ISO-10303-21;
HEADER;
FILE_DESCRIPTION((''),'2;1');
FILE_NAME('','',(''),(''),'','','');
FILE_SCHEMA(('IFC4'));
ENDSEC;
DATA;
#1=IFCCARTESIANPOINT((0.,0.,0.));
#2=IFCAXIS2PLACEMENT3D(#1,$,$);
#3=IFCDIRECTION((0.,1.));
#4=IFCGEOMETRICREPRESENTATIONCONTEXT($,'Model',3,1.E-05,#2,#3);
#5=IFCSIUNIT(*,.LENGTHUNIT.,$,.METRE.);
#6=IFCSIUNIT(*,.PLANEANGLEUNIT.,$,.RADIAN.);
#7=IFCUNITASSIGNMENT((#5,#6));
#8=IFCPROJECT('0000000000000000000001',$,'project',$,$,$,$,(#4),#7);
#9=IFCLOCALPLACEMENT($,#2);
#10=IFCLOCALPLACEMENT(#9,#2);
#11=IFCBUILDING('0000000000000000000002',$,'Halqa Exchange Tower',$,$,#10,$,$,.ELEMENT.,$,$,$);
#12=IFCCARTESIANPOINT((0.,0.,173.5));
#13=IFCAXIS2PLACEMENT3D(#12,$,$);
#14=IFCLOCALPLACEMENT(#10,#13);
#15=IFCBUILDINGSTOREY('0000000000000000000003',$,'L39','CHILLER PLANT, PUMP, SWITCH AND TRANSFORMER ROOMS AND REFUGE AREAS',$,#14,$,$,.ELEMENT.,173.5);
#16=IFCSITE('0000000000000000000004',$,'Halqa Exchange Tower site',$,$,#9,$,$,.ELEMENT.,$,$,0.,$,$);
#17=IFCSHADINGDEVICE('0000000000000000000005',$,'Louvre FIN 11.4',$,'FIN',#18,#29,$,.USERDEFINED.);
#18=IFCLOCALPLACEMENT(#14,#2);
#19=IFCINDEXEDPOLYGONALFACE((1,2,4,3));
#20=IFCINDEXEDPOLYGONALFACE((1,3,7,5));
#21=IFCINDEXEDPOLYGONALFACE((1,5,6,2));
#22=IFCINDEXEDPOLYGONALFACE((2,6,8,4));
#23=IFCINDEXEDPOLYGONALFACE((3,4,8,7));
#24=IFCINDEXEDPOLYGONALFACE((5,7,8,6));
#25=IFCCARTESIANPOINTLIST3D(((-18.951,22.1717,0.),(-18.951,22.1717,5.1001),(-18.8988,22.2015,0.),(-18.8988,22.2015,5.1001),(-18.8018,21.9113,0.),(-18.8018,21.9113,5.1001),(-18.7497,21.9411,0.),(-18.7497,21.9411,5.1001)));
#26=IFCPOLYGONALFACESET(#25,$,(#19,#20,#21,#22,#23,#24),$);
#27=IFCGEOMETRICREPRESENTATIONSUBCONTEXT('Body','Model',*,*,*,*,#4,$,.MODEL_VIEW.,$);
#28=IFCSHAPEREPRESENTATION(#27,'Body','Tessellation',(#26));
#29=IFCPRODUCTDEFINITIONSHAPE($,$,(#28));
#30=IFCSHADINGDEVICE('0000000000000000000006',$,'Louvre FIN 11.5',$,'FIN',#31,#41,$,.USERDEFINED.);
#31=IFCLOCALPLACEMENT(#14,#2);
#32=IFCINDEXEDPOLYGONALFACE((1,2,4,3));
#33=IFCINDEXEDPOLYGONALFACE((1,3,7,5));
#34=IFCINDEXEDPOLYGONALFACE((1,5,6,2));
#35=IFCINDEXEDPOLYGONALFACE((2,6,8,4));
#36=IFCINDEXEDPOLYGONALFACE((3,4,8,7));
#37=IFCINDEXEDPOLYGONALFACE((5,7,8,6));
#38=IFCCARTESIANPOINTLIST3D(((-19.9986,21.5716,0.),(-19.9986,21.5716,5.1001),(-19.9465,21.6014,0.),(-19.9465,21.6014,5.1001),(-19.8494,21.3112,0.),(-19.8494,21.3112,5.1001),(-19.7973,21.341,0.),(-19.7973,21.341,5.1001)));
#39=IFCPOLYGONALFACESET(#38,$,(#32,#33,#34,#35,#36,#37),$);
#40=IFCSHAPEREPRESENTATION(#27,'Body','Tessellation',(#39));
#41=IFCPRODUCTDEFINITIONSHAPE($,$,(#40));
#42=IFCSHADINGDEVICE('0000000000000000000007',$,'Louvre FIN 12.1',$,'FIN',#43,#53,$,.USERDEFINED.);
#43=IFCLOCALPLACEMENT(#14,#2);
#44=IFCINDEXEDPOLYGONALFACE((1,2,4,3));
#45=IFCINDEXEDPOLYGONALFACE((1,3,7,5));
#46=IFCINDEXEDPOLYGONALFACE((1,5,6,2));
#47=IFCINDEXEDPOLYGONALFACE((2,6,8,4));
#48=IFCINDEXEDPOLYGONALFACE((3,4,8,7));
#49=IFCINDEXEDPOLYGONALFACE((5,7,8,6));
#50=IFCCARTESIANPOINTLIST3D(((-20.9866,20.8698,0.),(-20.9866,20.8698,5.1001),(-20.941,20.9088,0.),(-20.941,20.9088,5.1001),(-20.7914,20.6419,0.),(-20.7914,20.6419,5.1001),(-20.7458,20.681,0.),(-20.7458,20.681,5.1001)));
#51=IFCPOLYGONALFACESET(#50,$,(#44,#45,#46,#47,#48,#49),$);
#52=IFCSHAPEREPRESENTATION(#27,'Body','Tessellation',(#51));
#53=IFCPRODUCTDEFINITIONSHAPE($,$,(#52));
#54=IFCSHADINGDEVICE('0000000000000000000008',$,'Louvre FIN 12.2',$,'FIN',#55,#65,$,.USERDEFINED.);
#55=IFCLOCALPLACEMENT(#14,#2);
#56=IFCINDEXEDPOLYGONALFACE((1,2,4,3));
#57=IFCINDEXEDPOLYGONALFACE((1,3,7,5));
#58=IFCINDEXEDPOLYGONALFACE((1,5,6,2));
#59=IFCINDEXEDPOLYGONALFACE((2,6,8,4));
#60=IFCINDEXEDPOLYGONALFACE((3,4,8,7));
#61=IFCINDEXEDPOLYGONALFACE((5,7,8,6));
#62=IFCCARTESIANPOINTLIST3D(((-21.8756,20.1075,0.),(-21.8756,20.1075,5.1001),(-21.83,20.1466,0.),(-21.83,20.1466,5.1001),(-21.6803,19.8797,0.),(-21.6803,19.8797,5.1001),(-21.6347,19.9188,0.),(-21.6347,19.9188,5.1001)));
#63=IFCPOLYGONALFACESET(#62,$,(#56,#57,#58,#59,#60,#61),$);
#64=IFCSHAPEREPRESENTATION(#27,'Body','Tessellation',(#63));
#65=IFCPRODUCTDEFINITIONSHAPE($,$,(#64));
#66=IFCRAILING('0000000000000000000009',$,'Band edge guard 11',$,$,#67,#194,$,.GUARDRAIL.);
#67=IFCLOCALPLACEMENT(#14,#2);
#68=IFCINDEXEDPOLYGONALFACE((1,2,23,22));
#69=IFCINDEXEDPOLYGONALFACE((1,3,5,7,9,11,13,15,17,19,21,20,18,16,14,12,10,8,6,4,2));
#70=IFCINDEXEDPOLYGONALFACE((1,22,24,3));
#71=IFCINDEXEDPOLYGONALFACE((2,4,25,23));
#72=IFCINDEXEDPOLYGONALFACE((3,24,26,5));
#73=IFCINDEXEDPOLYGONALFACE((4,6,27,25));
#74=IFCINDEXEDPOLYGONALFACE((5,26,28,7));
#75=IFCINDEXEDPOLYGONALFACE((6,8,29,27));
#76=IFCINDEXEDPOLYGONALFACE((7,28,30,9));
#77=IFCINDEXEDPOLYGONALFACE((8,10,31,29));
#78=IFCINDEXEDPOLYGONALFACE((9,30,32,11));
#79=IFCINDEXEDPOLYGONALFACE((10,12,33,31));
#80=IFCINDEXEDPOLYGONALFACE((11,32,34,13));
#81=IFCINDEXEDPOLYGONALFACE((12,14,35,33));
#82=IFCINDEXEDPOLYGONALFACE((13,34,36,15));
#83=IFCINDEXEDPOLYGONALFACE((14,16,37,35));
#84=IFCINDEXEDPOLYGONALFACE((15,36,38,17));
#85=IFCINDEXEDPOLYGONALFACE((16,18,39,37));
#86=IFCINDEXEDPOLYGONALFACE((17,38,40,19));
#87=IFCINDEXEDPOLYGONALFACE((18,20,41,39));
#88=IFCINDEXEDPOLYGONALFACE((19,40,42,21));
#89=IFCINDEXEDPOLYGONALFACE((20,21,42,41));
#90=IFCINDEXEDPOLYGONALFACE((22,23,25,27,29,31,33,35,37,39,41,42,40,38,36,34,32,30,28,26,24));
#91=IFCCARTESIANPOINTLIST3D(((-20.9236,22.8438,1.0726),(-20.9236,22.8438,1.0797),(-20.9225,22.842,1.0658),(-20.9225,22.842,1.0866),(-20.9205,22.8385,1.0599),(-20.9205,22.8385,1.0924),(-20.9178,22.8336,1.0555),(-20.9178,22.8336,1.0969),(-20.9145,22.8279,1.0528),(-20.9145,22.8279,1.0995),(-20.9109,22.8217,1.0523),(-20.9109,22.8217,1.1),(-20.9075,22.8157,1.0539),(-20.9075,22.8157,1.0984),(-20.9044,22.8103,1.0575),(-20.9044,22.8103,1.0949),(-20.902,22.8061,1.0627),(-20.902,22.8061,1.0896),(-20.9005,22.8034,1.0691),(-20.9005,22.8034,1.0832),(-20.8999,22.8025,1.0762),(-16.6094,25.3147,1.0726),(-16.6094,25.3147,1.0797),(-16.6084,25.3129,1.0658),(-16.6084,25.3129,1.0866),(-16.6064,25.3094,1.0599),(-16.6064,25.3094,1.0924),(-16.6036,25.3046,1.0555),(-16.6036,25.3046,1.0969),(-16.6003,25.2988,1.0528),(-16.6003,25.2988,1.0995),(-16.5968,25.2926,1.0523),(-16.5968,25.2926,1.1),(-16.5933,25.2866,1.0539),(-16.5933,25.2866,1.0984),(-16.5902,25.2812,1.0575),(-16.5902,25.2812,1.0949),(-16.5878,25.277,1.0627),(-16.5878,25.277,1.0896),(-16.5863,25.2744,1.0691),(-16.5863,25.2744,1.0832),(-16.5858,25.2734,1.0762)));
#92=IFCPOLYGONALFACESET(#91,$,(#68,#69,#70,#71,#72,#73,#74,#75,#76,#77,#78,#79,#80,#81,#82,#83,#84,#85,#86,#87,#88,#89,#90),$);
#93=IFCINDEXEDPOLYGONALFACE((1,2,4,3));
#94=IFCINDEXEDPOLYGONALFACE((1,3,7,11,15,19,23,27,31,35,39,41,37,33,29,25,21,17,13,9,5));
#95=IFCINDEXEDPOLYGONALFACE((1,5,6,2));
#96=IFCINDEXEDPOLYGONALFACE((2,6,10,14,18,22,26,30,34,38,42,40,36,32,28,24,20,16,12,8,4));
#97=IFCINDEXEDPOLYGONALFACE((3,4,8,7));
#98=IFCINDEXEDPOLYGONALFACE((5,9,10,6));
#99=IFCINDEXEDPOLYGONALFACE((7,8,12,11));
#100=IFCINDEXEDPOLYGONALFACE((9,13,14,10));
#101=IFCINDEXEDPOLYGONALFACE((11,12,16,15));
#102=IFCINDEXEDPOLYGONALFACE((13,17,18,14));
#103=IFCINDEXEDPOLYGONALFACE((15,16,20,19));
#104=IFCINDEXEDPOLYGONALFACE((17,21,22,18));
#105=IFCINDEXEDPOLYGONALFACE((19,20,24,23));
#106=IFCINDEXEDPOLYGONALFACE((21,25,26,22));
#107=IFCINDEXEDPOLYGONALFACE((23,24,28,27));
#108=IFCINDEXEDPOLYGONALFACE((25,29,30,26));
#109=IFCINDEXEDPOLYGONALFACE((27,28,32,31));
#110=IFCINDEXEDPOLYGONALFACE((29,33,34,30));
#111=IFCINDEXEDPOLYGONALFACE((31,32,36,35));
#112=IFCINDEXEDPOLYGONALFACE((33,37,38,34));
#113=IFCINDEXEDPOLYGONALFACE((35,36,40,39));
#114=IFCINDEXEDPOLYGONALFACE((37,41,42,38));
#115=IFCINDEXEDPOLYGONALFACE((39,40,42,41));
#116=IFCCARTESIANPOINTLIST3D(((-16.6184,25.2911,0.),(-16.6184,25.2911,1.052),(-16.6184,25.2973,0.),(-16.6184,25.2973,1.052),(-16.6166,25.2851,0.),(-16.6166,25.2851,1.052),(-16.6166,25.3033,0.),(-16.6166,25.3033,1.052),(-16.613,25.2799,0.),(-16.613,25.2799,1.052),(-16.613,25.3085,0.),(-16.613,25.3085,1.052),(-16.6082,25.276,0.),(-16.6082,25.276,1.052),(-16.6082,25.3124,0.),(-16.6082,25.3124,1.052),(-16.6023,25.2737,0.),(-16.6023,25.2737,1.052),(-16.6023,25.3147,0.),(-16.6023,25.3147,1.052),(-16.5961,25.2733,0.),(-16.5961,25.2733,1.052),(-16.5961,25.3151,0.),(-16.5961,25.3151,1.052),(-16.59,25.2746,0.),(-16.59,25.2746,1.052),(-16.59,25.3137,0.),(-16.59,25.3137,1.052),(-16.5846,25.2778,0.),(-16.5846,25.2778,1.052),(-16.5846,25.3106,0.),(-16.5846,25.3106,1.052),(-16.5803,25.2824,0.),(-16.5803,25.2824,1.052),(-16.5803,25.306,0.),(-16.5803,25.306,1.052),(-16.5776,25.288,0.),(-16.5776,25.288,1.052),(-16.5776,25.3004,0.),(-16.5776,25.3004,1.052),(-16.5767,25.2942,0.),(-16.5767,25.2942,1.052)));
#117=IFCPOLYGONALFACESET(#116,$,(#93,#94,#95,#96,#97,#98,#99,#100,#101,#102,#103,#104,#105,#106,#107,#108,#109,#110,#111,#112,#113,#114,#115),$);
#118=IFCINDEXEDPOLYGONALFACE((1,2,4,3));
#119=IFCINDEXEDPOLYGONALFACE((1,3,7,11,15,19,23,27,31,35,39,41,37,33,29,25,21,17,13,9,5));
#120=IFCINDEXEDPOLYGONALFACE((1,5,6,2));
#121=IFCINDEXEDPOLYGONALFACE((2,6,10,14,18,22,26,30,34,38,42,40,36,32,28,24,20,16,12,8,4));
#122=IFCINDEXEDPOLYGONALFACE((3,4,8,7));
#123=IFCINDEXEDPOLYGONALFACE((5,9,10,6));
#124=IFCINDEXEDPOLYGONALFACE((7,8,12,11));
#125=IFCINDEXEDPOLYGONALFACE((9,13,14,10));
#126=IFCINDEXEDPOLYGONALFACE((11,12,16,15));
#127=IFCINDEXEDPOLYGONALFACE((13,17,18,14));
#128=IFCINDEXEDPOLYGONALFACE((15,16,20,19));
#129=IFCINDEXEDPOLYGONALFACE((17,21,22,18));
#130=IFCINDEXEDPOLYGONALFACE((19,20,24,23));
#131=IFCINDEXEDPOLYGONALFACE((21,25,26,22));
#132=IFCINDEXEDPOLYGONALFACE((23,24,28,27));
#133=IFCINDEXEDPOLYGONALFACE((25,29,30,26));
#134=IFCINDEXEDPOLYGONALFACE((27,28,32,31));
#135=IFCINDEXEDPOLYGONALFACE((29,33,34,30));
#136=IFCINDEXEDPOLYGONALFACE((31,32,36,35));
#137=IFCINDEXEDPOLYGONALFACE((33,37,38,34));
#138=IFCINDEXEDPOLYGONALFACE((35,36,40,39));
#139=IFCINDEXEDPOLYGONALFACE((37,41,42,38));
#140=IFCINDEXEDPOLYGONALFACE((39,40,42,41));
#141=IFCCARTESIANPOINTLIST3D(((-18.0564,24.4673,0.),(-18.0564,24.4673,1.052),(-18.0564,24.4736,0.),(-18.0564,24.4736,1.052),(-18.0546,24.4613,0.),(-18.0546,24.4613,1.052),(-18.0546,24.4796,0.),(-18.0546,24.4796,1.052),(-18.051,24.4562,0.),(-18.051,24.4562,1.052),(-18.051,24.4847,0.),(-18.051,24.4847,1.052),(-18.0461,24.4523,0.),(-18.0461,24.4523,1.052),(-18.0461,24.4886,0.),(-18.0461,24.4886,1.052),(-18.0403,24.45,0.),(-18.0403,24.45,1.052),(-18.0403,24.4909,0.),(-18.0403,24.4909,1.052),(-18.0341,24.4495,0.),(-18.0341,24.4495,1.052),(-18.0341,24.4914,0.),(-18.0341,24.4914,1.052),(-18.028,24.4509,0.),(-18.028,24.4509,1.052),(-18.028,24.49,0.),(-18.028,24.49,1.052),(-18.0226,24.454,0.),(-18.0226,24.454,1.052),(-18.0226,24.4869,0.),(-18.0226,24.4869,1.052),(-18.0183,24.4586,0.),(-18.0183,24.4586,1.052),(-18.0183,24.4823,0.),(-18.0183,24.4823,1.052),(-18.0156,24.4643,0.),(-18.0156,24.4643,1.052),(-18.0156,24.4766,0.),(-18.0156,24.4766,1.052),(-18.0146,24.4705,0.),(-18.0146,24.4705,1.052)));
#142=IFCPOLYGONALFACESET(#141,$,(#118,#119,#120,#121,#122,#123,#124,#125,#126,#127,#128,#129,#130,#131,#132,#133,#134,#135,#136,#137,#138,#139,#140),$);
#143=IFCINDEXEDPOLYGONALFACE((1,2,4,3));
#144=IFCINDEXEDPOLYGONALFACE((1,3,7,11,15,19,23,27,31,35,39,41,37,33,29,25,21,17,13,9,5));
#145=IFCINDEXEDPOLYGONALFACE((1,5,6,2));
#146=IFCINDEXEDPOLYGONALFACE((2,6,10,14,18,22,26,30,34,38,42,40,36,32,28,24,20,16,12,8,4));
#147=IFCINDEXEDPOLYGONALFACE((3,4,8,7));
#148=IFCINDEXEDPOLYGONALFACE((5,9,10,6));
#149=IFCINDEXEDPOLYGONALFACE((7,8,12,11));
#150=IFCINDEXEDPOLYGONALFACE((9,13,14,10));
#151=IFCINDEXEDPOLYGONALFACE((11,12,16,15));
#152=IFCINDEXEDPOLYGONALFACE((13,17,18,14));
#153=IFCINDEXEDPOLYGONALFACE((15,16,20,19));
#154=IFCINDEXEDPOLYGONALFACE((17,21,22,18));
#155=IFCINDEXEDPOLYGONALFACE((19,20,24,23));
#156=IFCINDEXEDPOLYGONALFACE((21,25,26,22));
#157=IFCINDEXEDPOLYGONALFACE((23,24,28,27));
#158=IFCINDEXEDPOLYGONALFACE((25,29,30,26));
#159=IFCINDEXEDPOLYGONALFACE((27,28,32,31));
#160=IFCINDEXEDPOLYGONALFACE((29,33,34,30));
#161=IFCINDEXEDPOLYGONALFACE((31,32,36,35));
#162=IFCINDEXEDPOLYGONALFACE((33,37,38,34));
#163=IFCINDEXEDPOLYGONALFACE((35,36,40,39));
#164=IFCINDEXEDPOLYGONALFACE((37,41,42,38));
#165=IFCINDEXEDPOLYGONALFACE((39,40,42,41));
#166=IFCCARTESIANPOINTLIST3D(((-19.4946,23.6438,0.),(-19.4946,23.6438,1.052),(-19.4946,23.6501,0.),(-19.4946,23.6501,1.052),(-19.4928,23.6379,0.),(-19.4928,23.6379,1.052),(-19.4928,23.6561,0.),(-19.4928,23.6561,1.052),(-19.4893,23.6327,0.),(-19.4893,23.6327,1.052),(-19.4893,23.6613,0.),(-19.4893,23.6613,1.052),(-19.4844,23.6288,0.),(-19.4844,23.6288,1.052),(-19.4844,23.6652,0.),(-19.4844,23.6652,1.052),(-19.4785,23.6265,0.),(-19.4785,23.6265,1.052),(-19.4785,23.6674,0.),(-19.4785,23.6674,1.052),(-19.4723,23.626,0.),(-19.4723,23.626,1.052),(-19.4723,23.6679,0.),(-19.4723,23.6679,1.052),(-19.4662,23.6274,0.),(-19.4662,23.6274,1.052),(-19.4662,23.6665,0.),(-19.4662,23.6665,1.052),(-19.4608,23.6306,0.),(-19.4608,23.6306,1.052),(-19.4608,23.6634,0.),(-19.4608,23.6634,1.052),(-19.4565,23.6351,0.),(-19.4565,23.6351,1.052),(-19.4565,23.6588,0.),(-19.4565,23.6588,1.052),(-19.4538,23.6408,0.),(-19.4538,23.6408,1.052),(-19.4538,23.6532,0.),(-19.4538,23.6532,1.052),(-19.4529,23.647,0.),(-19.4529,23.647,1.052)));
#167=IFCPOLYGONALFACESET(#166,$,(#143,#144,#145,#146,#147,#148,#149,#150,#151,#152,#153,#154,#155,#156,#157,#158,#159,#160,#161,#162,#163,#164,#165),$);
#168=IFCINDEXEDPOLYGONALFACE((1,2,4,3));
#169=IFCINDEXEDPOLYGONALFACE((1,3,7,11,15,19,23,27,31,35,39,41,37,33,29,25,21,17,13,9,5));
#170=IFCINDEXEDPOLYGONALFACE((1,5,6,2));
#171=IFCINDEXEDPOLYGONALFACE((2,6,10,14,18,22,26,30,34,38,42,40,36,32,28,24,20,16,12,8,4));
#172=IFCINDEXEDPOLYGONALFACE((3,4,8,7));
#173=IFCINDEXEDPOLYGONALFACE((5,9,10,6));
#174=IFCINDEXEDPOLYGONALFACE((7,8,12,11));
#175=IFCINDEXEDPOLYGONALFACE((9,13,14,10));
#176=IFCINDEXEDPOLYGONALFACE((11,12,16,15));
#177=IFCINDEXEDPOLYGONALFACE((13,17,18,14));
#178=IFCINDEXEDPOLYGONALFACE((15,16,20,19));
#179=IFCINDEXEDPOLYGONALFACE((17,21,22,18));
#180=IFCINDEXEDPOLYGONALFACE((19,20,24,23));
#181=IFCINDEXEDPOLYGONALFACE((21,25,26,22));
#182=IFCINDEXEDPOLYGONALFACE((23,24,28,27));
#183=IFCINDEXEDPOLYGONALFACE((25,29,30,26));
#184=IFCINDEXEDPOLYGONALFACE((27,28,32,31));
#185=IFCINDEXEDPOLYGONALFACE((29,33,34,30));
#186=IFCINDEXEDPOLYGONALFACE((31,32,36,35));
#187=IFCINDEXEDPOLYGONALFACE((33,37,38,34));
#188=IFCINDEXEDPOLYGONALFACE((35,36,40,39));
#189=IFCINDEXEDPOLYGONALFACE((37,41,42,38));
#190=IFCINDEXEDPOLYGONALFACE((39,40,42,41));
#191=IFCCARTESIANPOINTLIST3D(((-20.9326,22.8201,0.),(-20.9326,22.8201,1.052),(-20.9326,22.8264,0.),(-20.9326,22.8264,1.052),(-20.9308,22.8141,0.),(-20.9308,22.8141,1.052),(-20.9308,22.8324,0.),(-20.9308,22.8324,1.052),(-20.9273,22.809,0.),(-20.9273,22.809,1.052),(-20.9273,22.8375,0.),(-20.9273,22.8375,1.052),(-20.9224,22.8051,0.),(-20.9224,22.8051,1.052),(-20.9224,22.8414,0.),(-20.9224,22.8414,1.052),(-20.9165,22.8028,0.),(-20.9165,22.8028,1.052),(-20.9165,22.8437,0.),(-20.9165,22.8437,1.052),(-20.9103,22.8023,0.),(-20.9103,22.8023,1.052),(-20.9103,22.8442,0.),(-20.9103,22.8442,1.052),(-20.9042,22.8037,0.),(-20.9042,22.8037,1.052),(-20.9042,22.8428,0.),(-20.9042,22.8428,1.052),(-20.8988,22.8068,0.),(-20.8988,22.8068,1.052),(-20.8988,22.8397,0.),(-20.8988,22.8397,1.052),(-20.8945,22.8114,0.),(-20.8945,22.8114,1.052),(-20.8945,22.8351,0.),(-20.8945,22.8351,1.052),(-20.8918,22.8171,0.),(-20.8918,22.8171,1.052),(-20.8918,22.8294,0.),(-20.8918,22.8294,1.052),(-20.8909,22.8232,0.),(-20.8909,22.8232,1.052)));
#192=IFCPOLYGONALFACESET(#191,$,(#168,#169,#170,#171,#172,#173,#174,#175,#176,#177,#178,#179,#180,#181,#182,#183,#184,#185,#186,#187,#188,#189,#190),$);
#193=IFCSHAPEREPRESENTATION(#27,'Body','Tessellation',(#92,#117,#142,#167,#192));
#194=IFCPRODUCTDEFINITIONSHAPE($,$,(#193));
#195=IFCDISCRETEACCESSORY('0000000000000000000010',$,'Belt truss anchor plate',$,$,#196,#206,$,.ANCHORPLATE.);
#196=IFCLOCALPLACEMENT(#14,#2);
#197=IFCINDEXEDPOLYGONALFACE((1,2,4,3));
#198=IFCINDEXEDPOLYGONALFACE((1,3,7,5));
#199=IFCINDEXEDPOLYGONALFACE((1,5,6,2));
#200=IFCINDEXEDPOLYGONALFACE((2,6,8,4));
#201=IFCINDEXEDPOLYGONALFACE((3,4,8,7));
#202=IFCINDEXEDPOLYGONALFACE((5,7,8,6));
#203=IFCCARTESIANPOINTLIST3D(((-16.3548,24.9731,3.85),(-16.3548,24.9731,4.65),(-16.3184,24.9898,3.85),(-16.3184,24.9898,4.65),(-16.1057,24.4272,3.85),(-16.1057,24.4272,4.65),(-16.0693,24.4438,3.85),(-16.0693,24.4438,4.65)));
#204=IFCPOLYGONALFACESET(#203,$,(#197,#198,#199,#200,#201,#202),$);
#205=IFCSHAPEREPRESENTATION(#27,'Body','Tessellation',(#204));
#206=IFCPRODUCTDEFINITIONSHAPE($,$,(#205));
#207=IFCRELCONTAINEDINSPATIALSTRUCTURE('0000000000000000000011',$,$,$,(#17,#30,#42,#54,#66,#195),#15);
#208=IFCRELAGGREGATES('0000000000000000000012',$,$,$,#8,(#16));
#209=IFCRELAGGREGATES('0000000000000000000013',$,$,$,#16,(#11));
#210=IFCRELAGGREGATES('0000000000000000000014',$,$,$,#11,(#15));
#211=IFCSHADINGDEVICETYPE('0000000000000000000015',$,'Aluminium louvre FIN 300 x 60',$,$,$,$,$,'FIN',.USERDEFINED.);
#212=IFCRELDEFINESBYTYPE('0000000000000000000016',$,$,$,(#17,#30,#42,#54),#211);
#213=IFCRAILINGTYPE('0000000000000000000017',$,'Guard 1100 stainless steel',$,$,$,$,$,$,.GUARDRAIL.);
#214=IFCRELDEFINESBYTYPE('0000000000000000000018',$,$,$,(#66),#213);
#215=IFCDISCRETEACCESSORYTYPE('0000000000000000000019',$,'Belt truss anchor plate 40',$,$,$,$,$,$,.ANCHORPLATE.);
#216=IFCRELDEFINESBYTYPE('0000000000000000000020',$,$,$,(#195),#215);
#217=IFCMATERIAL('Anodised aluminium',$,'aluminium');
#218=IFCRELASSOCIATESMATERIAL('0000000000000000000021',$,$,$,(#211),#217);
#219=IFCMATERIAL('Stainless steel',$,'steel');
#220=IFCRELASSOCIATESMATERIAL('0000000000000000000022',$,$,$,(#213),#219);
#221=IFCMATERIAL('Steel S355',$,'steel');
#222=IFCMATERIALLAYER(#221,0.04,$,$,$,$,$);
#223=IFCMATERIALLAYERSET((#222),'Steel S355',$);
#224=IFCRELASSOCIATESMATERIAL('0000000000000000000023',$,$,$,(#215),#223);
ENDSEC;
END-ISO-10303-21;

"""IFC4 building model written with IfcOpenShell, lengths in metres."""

from ifc_helpers import new_model, si_unit, direction, frame, origin, origin_2d, place, context, subcontext, project, spatial, rectangle, circle, extrude, material, layer, layer_set, material_profile, profile_set, type_object, element, save


model = new_model("IFC4")

# Units and contexts
model_context = context("Model", 3, precision=1e-05, world=origin(), true_north=direction((0.0, 1.0)))
body_context = subcontext(model_context, "Body", "Model", "MODEL_VIEW")
ifc_project = project(units=[si_unit("LENGTHUNIT", "METRE"), si_unit("PLANEANGLEUNIT", "RADIAN")], contexts=[model_context])

# Site, building, storey
site_placement = place(None, origin())
site = spatial("IfcSite", under=ifc_project, at=site_placement, Name="Halqa Exchange Tower site", CompositionType="ELEMENT", RefElevation=0.0)
building_placement = place(site_placement, origin())
building = spatial("IfcBuilding", under=site, at=building_placement, Name="Halqa Exchange Tower", CompositionType="ELEMENT")
storey_placement = place(building_placement, frame((0.0, 0.0, 173.5)))
storey = spatial("IfcBuildingStorey", under=building, at=storey_placement, Name="L39", Description="CHILLER PLANT, PUMP, SWITCH AND TRANSFORMER ROOMS AND REFUGE AREAS", CompositionType="ELEMENT", Elevation=173.5)

# Shared definitions
ifc_material_1 = material(Name="Steel S355", Category="steel")

# Shading devices
ifc_material_2 = material(Name="Anodised aluminium", Category="aluminium")
ifc_material_profile_1 = material_profile(ifc_material_2, rectangle(XDim=0.3, YDim=0.0601, at=origin_2d()), Name="AL FIN 300x60")
ifc_profile_set_1 = profile_set([ifc_material_profile_1], Name="Anodised aluminium")
shading_device_type = type_object("IfcShadingDeviceType", Name="Aluminium louvre FIN 300 x 60", ElementType="FIN", PredefinedType="USERDEFINED", material=ifc_profile_set_1)
for number, where, z_axis, x_axis, name in (
    (1, (-18.8503, 22.0564, 0.0), (0.0, 0.0, 1.0), (0.496982, -0.867761, 0.0), "Louvre FIN 11.4"),
    (2, (-19.8979, 21.4563, 0.0), (0.0, 0.0, 1.0), (0.496982, -0.867761, 0.0), "Louvre FIN 11.5"),
    (3, (-20.8662, 20.7754, 0.0), (0.0, 0.0, 1.0), (0.650785, -0.759262, 0.0), "Louvre FIN 12.1"),
    (4, (-21.7551, 20.0132, 0.0), (0.0, 0.0, 1.0), (0.650785, -0.759262, 0.0), "Louvre FIN 12.2"),
):
    element("IfcShadingDevice", number, at=place(storey_placement, frame(where, z_axis=z_axis, x_axis=x_axis)), inside=storey, type_object=shading_device_type, Name=name, ObjectType="FIN", PredefinedType="USERDEFINED", context=body_context, shape_type="SweptSolid", body=[
        extrude(rectangle(XDim=0.3, YDim=0.0601, at=origin_2d()), origin(), (0.0, 0.0, 1.0), 5.1001),
    ])

# Railing
ifc_material_3 = material(Name="Stainless steel", Category="steel")
railing_type = type_object("IfcRailingType", Name="Guard 1100 stainless steel", PredefinedType="GUARDRAIL", material=ifc_material_3)
railing_placement = place(storey_placement, frame((-16.5977, 25.2942, 0.0)))
element("IfcRailing", 5, at=railing_placement, inside=storey, type_object=railing_type, Name="Band edge guard 11", PredefinedType="GUARDRAIL", context=body_context, shape_type="SweptSolid", body=[
    extrude(circle(Radius=0.0239, at=origin_2d()), frame((0.0, 0.0, 1.0762), z_axis=(-0.86775, -0.497001, 0.0), x_axis=(0.497001, -0.86775, 0.0)), (0.0, 0.0, 1.0), 4.9717),
    extrude(circle(Radius=0.021, at=origin_2d()), origin(), (0.0, 0.0, 1.0), 1.052),
    extrude(circle(Radius=0.021, at=origin_2d()), frame((-1.438, -0.8237, 0.0)), (0.0, 0.0, 1.0), 1.052),
    extrude(circle(Radius=0.021, at=origin_2d()), frame((-2.8762, -1.6472, 0.0)), (0.0, 0.0, 1.0), 1.052),
    extrude(circle(Radius=0.021, at=origin_2d()), frame((-4.3142, -2.4709, 0.0)), (0.0, 0.0, 1.0), 1.052),
])

# Discrete accessory
ifc_layer_1 = layer(ifc_material_1, 0.04)
ifc_layer_set_1 = layer_set([ifc_layer_1], Name="Steel S355")
discrete_accessory_type = type_object("IfcDiscreteAccessoryType", Name="Belt truss anchor plate 40", PredefinedType="ANCHORPLATE", material=ifc_layer_set_1)
discrete_accessory_1_placement = place(storey_placement, frame((-16.1938, 24.7168, 4.25), z_axis=(-0.909738, -0.415183, 0.0), x_axis=(0.415183, -0.909738, 0.0)))
element("IfcDiscreteAccessory", 6, at=discrete_accessory_1_placement, inside=storey, type_object=discrete_accessory_type, Name="Belt truss anchor plate", PredefinedType="ANCHORPLATE", context=body_context, shape_type="SweptSolid", body=[
    extrude(rectangle(XDim=0.6001, YDim=0.8, at=origin_2d()), origin(), (0.0, 0.0, 1.0), 0.04),
])

save(model, "model.ifc")
